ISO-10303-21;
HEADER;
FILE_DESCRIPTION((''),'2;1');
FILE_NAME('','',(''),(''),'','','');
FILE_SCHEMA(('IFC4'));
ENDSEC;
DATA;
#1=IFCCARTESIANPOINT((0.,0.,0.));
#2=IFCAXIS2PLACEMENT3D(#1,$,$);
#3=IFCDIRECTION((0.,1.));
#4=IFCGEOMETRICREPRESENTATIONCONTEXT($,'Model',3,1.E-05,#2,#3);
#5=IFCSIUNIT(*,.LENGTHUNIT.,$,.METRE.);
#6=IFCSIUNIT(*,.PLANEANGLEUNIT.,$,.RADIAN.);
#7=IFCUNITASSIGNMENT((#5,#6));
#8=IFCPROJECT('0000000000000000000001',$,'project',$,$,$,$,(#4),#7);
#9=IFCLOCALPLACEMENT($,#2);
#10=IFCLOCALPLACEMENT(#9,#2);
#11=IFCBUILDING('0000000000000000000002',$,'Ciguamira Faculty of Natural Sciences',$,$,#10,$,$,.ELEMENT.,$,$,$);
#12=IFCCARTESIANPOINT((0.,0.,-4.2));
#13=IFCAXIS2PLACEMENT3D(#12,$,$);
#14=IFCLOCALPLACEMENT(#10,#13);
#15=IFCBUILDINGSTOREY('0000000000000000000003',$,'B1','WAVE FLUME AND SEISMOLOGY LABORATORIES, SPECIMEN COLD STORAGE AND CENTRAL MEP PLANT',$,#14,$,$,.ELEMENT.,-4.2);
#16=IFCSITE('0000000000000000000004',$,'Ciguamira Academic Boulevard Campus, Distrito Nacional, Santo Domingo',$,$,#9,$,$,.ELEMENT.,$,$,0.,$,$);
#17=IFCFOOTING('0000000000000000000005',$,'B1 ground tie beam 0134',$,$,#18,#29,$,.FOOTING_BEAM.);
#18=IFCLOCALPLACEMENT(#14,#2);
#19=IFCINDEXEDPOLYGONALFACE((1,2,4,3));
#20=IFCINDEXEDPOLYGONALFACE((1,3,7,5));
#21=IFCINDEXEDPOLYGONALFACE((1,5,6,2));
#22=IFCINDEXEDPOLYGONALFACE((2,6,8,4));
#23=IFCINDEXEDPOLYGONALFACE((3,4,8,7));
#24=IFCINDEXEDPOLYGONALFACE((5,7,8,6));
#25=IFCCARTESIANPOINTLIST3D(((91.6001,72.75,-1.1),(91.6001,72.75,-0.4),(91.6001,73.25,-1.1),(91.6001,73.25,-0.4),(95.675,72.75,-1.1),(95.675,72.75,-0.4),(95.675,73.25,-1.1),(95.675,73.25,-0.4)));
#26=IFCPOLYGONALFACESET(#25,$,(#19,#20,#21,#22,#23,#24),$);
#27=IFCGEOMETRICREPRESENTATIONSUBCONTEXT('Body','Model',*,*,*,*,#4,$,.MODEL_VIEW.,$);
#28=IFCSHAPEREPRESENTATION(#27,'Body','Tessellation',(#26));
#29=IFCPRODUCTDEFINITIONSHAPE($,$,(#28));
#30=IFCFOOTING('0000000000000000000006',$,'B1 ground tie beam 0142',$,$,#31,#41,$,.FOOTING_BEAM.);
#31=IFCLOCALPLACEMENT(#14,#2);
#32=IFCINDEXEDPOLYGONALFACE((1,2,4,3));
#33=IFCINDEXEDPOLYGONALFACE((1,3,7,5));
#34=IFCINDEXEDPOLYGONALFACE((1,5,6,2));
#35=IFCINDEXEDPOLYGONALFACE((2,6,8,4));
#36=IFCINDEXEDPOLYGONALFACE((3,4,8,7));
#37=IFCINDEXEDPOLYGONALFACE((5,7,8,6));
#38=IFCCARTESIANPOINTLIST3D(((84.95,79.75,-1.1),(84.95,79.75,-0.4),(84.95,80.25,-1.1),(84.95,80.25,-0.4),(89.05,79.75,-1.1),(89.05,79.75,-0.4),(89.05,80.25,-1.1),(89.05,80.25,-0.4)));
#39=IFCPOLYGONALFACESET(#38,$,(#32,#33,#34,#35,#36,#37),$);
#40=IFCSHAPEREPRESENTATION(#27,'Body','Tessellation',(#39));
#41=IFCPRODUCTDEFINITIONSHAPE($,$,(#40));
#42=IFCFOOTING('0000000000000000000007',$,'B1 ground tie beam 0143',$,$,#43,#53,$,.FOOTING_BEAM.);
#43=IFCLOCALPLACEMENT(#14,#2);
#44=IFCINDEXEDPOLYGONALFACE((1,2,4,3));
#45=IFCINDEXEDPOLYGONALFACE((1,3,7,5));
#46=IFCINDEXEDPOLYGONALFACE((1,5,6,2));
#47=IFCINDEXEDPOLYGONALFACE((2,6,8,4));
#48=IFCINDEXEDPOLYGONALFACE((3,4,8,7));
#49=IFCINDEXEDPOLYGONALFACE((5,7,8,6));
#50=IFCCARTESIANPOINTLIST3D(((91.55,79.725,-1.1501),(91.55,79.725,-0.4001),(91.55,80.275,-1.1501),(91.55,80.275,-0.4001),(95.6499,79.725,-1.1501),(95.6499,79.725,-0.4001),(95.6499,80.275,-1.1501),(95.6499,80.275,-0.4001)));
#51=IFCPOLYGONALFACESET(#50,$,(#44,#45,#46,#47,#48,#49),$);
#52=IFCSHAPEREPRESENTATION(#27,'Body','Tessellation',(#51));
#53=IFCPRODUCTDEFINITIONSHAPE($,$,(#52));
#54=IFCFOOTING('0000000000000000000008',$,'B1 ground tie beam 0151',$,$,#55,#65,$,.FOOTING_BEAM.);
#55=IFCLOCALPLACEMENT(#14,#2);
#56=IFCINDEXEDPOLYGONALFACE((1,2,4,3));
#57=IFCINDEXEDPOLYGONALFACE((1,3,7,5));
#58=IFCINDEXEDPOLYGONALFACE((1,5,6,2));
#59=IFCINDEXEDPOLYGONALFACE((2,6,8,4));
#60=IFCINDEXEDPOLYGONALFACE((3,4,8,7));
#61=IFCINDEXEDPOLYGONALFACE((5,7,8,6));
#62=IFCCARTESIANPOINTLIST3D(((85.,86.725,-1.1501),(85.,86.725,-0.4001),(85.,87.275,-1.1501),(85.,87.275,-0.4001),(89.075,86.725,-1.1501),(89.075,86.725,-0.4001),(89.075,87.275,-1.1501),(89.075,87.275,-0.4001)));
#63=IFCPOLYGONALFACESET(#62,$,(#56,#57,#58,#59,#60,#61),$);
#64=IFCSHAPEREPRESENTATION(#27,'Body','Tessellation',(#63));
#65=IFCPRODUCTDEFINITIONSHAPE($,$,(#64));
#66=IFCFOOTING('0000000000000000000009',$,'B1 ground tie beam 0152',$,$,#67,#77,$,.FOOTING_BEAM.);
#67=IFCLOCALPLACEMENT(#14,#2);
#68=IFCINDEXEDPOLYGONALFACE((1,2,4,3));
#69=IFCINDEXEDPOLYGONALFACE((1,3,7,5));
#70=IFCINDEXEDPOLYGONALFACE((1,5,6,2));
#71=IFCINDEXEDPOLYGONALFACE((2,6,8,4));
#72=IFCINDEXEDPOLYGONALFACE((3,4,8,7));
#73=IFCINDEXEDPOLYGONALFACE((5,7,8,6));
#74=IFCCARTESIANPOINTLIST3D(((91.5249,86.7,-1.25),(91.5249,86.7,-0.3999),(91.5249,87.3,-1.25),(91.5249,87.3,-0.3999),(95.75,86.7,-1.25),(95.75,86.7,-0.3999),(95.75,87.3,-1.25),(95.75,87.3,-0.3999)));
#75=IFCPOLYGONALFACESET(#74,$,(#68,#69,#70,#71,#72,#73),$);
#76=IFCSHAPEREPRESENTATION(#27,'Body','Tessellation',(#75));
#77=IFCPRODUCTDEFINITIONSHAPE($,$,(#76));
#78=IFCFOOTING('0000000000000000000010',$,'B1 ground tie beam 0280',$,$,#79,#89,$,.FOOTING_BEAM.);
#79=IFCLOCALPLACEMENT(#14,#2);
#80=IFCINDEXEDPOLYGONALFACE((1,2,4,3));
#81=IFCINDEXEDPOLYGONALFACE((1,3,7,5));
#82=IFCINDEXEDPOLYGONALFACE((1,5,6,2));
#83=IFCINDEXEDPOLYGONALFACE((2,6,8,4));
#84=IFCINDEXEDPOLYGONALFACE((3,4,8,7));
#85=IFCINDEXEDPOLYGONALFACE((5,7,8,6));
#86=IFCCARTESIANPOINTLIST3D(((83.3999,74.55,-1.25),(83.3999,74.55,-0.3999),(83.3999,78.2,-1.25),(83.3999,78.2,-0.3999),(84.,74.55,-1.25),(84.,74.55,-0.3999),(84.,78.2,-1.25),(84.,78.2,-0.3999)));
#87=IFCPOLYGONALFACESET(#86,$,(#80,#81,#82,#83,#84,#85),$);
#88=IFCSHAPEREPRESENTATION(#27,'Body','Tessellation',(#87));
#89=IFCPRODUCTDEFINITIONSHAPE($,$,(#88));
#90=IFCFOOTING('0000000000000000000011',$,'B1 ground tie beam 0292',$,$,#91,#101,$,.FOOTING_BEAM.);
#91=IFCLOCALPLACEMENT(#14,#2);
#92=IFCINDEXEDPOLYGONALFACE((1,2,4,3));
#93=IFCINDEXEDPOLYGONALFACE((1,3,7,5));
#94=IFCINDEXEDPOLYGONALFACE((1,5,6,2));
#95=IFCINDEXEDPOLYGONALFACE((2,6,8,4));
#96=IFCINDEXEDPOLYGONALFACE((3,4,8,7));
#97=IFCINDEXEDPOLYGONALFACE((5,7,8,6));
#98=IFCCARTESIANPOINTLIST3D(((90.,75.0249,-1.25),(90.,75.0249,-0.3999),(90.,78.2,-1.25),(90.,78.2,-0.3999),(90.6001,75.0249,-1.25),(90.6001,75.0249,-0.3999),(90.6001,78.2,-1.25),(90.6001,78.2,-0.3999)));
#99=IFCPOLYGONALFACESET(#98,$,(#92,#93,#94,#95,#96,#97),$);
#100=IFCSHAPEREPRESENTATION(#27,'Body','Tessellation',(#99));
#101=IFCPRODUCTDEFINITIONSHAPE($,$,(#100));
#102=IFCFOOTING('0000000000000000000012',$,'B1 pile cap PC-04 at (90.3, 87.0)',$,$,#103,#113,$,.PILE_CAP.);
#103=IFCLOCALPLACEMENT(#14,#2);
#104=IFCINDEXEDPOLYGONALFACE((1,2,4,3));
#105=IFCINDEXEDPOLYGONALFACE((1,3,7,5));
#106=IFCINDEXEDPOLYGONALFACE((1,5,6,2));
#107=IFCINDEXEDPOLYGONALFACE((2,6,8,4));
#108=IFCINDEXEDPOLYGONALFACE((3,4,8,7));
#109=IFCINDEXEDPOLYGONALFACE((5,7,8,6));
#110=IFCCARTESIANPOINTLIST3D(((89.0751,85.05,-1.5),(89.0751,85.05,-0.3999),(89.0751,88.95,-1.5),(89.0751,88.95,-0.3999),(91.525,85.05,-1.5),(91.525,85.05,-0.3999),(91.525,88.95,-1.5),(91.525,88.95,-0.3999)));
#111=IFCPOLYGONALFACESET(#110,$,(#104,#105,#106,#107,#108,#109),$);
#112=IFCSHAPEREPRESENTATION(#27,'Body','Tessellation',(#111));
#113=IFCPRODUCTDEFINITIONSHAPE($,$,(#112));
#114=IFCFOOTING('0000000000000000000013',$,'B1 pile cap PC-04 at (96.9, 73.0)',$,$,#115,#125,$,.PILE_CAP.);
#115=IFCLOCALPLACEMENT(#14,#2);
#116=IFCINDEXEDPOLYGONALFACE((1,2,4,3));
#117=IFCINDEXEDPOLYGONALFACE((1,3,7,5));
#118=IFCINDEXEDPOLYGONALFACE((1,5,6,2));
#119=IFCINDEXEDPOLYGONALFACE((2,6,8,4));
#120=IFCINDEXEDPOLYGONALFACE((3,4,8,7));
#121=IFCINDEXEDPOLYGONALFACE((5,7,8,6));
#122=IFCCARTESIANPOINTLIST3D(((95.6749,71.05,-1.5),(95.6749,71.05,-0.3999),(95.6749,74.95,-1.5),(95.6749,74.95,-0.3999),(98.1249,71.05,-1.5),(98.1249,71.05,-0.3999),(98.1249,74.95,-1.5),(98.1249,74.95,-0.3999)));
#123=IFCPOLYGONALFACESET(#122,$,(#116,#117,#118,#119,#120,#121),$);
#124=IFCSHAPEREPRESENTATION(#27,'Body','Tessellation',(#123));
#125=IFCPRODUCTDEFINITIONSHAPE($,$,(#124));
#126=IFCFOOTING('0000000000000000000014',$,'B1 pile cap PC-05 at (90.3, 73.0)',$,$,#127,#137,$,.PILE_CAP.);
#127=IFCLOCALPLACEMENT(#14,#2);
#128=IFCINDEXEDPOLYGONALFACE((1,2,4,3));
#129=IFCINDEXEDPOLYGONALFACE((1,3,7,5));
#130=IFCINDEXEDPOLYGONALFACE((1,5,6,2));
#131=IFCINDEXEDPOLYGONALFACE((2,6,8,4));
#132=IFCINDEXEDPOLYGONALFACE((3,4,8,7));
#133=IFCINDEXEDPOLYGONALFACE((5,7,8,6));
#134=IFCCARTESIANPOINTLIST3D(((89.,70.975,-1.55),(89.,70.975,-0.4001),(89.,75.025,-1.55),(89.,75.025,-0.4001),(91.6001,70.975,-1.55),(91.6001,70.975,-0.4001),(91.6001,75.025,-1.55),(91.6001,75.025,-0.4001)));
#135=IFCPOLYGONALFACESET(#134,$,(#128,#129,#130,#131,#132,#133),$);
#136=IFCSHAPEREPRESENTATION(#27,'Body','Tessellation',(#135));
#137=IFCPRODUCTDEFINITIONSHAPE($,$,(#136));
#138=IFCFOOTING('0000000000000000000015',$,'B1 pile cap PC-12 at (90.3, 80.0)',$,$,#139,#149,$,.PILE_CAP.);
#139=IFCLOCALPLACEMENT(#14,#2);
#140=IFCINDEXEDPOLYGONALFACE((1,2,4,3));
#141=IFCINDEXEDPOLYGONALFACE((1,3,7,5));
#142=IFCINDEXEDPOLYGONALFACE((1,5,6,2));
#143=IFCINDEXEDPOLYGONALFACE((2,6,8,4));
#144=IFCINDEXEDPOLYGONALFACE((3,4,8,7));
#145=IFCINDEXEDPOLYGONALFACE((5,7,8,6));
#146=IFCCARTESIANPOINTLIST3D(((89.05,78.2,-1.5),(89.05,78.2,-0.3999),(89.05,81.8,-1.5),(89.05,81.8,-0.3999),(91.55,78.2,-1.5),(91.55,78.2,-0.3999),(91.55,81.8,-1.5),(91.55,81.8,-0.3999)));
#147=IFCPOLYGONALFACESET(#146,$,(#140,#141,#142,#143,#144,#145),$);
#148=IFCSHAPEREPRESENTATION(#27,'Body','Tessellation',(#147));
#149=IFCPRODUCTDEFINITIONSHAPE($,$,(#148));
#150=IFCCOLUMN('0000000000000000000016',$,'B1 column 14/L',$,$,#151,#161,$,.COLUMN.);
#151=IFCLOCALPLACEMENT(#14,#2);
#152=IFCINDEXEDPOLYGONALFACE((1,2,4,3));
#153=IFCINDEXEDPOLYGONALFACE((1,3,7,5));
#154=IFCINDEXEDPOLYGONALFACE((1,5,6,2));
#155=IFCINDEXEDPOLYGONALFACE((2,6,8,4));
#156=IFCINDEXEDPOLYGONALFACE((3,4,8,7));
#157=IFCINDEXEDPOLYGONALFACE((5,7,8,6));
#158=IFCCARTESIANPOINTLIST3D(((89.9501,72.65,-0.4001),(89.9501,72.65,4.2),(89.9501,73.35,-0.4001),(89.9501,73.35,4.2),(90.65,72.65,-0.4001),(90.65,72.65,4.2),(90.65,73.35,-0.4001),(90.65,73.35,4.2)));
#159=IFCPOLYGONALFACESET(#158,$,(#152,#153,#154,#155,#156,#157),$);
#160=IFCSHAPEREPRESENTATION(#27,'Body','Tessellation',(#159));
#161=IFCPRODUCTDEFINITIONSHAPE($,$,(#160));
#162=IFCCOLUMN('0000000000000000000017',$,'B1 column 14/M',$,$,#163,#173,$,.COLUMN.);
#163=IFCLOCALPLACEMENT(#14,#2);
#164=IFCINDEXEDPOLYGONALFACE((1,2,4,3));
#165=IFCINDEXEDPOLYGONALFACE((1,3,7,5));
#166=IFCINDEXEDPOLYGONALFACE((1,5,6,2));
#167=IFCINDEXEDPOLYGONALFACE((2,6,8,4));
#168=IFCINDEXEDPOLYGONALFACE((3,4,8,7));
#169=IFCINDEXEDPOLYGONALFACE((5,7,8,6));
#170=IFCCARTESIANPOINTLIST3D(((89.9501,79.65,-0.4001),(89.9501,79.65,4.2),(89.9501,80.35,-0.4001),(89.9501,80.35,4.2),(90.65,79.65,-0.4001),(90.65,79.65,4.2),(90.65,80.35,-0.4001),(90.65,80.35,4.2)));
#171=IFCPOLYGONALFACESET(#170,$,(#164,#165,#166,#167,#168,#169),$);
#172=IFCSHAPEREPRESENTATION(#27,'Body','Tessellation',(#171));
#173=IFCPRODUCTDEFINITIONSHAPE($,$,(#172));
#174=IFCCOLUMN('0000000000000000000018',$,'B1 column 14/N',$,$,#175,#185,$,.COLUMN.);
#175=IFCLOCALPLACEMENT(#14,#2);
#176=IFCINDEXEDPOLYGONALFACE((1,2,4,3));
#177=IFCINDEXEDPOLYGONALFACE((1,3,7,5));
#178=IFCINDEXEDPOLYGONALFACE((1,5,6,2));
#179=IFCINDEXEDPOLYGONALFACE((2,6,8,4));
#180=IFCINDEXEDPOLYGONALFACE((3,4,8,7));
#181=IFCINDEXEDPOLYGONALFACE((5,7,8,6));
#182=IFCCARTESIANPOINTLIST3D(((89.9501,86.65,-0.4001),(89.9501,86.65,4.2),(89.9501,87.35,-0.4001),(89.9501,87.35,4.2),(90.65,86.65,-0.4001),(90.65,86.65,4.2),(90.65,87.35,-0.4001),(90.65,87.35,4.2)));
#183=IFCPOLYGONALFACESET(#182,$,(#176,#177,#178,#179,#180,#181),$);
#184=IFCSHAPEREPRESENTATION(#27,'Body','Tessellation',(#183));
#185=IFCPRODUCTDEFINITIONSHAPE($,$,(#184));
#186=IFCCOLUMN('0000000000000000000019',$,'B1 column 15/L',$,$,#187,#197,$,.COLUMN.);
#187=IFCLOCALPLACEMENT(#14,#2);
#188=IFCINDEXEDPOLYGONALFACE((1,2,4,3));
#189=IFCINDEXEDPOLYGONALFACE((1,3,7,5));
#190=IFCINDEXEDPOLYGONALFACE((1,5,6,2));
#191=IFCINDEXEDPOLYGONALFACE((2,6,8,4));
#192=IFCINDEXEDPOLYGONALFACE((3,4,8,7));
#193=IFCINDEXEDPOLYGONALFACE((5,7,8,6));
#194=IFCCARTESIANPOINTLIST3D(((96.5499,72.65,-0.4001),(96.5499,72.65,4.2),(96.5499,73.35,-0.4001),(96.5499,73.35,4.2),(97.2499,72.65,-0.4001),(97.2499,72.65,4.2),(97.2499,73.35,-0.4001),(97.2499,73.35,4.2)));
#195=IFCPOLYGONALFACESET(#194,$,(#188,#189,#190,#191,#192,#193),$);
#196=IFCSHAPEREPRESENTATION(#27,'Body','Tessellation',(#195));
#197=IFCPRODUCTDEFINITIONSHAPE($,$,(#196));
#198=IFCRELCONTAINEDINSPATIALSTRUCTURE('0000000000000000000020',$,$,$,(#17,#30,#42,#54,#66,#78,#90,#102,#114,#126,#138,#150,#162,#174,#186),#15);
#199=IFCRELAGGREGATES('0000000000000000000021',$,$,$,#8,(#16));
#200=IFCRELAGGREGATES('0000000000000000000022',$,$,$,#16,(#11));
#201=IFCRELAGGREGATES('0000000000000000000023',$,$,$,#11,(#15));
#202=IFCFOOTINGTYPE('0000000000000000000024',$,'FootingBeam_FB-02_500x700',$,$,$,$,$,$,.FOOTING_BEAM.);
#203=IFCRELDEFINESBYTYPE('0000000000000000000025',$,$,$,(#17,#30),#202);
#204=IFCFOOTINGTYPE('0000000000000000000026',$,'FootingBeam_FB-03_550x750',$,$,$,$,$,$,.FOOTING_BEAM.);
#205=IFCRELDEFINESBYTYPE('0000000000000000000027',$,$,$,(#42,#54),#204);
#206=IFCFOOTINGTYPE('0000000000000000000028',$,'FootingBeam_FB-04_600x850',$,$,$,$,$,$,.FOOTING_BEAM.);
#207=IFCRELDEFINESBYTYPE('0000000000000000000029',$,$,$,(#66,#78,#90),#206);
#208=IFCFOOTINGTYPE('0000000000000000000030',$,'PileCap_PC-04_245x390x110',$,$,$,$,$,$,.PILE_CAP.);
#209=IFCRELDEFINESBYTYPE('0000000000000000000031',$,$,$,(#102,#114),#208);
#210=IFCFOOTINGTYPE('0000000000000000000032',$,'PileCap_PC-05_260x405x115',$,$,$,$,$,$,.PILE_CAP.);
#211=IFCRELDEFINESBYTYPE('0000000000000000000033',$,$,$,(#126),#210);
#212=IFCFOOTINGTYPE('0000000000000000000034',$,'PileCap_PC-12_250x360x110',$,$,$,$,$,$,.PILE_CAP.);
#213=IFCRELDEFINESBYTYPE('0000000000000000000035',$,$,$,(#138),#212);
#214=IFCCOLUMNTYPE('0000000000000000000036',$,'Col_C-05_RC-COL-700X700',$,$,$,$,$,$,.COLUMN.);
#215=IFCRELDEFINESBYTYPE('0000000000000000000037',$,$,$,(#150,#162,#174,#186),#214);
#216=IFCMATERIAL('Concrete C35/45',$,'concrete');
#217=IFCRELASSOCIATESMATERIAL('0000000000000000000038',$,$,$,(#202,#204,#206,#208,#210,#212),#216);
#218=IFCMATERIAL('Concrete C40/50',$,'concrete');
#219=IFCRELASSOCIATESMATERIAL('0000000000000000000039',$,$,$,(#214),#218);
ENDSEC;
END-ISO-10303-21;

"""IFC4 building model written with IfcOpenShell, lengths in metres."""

from ifc_helpers import new_model, si_unit, direction, frame, origin, origin_2d, place, context, subcontext, project, spatial, rectangle, extrude, material, material_profile, profile_set, type_object, element, save


model = new_model("IFC4")

# Units and contexts
model_context = context("Model", 3, precision=1e-05, world=origin(), true_north=direction((0.0, 1.0)))
body_context = subcontext(model_context, "Body", "Model", "MODEL_VIEW")
ifc_project = project(units=[si_unit("LENGTHUNIT", "METRE"), si_unit("PLANEANGLEUNIT", "RADIAN")], contexts=[model_context])

# Site, building, storey
site_placement = place(None, origin())
site = spatial("IfcSite", under=ifc_project, at=site_placement, Name="Ciguamira Academic Boulevard Campus, Distrito Nacional, Santo Domingo", CompositionType="ELEMENT", RefElevation=0.0)
building_placement = place(site_placement, origin())
building = spatial("IfcBuilding", under=site, at=building_placement, Name="Ciguamira Faculty of Natural Sciences", CompositionType="ELEMENT")
storey_placement = place(building_placement, frame((0.0, 0.0, -4.2)))
storey = spatial("IfcBuildingStorey", under=building, at=storey_placement, Name="B1", Description="WAVE FLUME AND SEISMOLOGY LABORATORIES, SPECIMEN COLD STORAGE AND CENTRAL MEP PLANT", CompositionType="ELEMENT", Elevation=-4.2)

# Shared definitions
ifc_material_1 = material(Name="Concrete C35/45", Category="concrete")

# Footings
ifc_material_profile_1 = material_profile(ifc_material_1, rectangle(XDim=0.5, YDim=0.7, at=origin_2d()), Name="RC-FB-500X700")
ifc_profile_set_1 = profile_set([ifc_material_profile_1], Name="Concrete C35/45")
footing_type_1 = type_object("IfcFootingType", Name="FootingBeam_FB-02_500x700", PredefinedType="FOOTING_BEAM", material=ifc_profile_set_1)
footing_1_placement = place(storey_placement, frame((91.6001, 73.0, -0.75), z_axis=(1.0, 0.0, 0.0), x_axis=(0.0, 1.0, 0.0)))
element("IfcFooting", 1, at=footing_1_placement, inside=storey, type_object=footing_type_1, Name="B1 ground tie beam 0134", PredefinedType="FOOTING_BEAM", context=body_context, shape_type="SweptSolid", body=[
    extrude(rectangle(XDim=0.5, YDim=0.7, at=origin_2d()), origin(), (0.0, 0.0, 1.0), 4.075),
])
footing_2_placement = place(storey_placement, frame((84.95, 80.0, -0.75), z_axis=(1.0, 0.0, 0.0), x_axis=(0.0, 1.0, 0.0)))
element("IfcFooting", 2, at=footing_2_placement, inside=storey, type_object=footing_type_1, Name="B1 ground tie beam 0142", PredefinedType="FOOTING_BEAM", context=body_context, shape_type="SweptSolid", body=[
    extrude(rectangle(XDim=0.5, YDim=0.7, at=origin_2d()), origin(), (0.0, 0.0, 1.0), 4.1001),
])
ifc_material_profile_2 = material_profile(ifc_material_1, rectangle(XDim=0.55, YDim=0.75, at=origin_2d()), Name="RC-FB-550X750")
ifc_profile_set_2 = profile_set([ifc_material_profile_2], Name="Concrete C35/45")
footing_type_2 = type_object("IfcFootingType", Name="FootingBeam_FB-03_550x750", PredefinedType="FOOTING_BEAM", material=ifc_profile_set_2)
footing_3_placement = place(storey_placement, frame((91.55, 80.0, -0.7751), z_axis=(1.0, 0.0, 0.0), x_axis=(0.0, 1.0, 0.0)))
element("IfcFooting", 3, at=footing_3_placement, inside=storey, type_object=footing_type_2, Name="B1 ground tie beam 0143", PredefinedType="FOOTING_BEAM", context=body_context, shape_type="SweptSolid", body=[
    extrude(rectangle(XDim=0.55, YDim=0.75, at=origin_2d()), origin(), (0.0, 0.0, 1.0), 4.0999),
])
footing_4_placement = place(storey_placement, frame((85.0, 87.0, -0.7751), z_axis=(1.0, 0.0, 0.0), x_axis=(0.0, 1.0, 0.0)))
element("IfcFooting", 4, at=footing_4_placement, inside=storey, type_object=footing_type_2, Name="B1 ground tie beam 0151", PredefinedType="FOOTING_BEAM", context=body_context, shape_type="SweptSolid", body=[
    extrude(rectangle(XDim=0.55, YDim=0.75, at=origin_2d()), origin(), (0.0, 0.0, 1.0), 4.075),
])
ifc_material_profile_3 = material_profile(ifc_material_1, rectangle(XDim=0.6001, YDim=0.8501, at=origin_2d()), Name="RC-FB-600X850")
ifc_profile_set_3 = profile_set([ifc_material_profile_3], Name="Concrete C35/45")
footing_type_3 = type_object("IfcFootingType", Name="FootingBeam_FB-04_600x850", PredefinedType="FOOTING_BEAM", material=ifc_profile_set_3)
footing_5_placement = place(storey_placement, frame((91.5249, 87.0, -0.825), z_axis=(1.0, 0.0, 0.0), x_axis=(0.0, 1.0, 0.0)))
element("IfcFooting", 5, at=footing_5_placement, inside=storey, type_object=footing_type_3, Name="B1 ground tie beam 0152", PredefinedType="FOOTING_BEAM", context=body_context, shape_type="SweptSolid", body=[
    extrude(rectangle(XDim=0.6001, YDim=0.8501, at=origin_2d()), origin(), (0.0, 0.0, 1.0), 4.2251),
])
footing_6_placement = place(storey_placement, frame((83.7, 74.55, -0.825), z_axis=(0.0, 1.0, 0.0), x_axis=(-1.0, 0.0, 0.0)))
element("IfcFooting", 6, at=footing_6_placement, inside=storey, type_object=footing_type_3, Name="B1 ground tie beam 0280", PredefinedType="FOOTING_BEAM", context=body_context, shape_type="SweptSolid", body=[
    extrude(rectangle(XDim=0.6001, YDim=0.8501, at=origin_2d()), origin(), (0.0, 0.0, 1.0), 3.6499),
])
footing_7_placement = place(storey_placement, frame((90.3, 75.0249, -0.825), z_axis=(0.0, 1.0, 0.0), x_axis=(-1.0, 0.0, 0.0)))
element("IfcFooting", 7, at=footing_7_placement, inside=storey, type_object=footing_type_3, Name="B1 ground tie beam 0292", PredefinedType="FOOTING_BEAM", context=body_context, shape_type="SweptSolid", body=[
    extrude(rectangle(XDim=0.6001, YDim=0.8501, at=origin_2d()), origin(), (0.0, 0.0, 1.0), 3.175),
])
footing_type_4 = type_object("IfcFootingType", Name="PileCap_PC-04_245x390x110", PredefinedType="PILE_CAP", material=ifc_material_1)
for number, where, z_axis, x_axis, name in (
    (8, (90.3, 87.0, -1.5), (0.0, 0.0, 1.0), (1.0, 0.0, 0.0), "B1 pile cap PC-04 at (90.3, 87.0)"),
    (9, (96.8999, 73.0, -1.5), (0.0, 0.0, 1.0), (1.0, 0.0, 0.0), "B1 pile cap PC-04 at (96.9, 73.0)"),
):
    element("IfcFooting", number, at=place(storey_placement, frame(where, z_axis=z_axis, x_axis=x_axis)), inside=storey, type_object=footing_type_4, Name=name, PredefinedType="PILE_CAP", context=body_context, shape_type="SweptSolid", body=[
        extrude(rectangle(XDim=2.45, YDim=3.8999, at=origin_2d()), origin(), (0.0, 0.0, 1.0), 1.1001),
    ])
footing_type_5 = type_object("IfcFootingType", Name="PileCap_PC-05_260x405x115", PredefinedType="PILE_CAP", material=ifc_material_1)
footing_8_placement = place(storey_placement, frame((90.3, 73.0, -1.55), z_axis=(0.0, 0.0, 1.0), x_axis=(1.0, 0.0, 0.0)))
element("IfcFooting", 10, at=footing_8_placement, inside=storey, type_object=footing_type_5, Name="B1 pile cap PC-05 at (90.3, 73.0)", PredefinedType="PILE_CAP", context=body_context, shape_type="SweptSolid", body=[
    extrude(rectangle(XDim=2.6001, YDim=4.05, at=origin_2d()), origin(), (0.0, 0.0, 1.0), 1.1499),
])
footing_type_6 = type_object("IfcFootingType", Name="PileCap_PC-12_250x360x110", PredefinedType="PILE_CAP", material=ifc_material_1)
footing_9_placement = place(storey_placement, frame((90.3, 80.0, -1.5), z_axis=(0.0, 0.0, 1.0), x_axis=(1.0, 0.0, 0.0)))
element("IfcFooting", 11, at=footing_9_placement, inside=storey, type_object=footing_type_6, Name="B1 pile cap PC-12 at (90.3, 80.0)", PredefinedType="PILE_CAP", context=body_context, shape_type="SweptSolid", body=[
    extrude(rectangle(XDim=2.5, YDim=3.6001, at=origin_2d()), origin(), (0.0, 0.0, 1.0), 1.1001),
])

# Columns
ifc_material_2 = material(Name="Concrete C40/50", Category="concrete")
ifc_material_profile_4 = material_profile(ifc_material_2, rectangle(XDim=0.7, YDim=0.7, at=origin_2d()), Name="RC-COL-700X700")
ifc_profile_set_4 = profile_set([ifc_material_profile_4], Name="Concrete C40/50")
column_type = type_object("IfcColumnType", Name="Col_C-05_RC-COL-700X700", PredefinedType="COLUMN", material=ifc_profile_set_4)
for number, where, z_axis, x_axis, name in (
    (12, (90.3, 73.0, -0.4001), (0.0, 0.0, 1.0), (1.0, 0.0, 0.0), "B1 column 14/L"),
    (13, (90.3, 80.0, -0.4001), (0.0, 0.0, 1.0), (1.0, 0.0, 0.0), "B1 column 14/M"),
    (14, (90.3, 87.0, -0.4001), (0.0, 0.0, 1.0), (1.0, 0.0, 0.0), "B1 column 14/N"),
    (15, (96.8999, 73.0, -0.4001), (0.0, 0.0, 1.0), (1.0, 0.0, 0.0), "B1 column 15/L"),
):
    element("IfcColumn", number, at=place(storey_placement, frame(where, z_axis=z_axis, x_axis=x_axis)), inside=storey, type_object=column_type, Name=name, PredefinedType="COLUMN", context=body_context, shape_type="SweptSolid", body=[
        extrude(rectangle(XDim=0.7, YDim=0.7, at=origin_2d()), origin(), (0.0, 0.0, 1.0), 4.6001),
    ])

save(model, "model.ifc")
